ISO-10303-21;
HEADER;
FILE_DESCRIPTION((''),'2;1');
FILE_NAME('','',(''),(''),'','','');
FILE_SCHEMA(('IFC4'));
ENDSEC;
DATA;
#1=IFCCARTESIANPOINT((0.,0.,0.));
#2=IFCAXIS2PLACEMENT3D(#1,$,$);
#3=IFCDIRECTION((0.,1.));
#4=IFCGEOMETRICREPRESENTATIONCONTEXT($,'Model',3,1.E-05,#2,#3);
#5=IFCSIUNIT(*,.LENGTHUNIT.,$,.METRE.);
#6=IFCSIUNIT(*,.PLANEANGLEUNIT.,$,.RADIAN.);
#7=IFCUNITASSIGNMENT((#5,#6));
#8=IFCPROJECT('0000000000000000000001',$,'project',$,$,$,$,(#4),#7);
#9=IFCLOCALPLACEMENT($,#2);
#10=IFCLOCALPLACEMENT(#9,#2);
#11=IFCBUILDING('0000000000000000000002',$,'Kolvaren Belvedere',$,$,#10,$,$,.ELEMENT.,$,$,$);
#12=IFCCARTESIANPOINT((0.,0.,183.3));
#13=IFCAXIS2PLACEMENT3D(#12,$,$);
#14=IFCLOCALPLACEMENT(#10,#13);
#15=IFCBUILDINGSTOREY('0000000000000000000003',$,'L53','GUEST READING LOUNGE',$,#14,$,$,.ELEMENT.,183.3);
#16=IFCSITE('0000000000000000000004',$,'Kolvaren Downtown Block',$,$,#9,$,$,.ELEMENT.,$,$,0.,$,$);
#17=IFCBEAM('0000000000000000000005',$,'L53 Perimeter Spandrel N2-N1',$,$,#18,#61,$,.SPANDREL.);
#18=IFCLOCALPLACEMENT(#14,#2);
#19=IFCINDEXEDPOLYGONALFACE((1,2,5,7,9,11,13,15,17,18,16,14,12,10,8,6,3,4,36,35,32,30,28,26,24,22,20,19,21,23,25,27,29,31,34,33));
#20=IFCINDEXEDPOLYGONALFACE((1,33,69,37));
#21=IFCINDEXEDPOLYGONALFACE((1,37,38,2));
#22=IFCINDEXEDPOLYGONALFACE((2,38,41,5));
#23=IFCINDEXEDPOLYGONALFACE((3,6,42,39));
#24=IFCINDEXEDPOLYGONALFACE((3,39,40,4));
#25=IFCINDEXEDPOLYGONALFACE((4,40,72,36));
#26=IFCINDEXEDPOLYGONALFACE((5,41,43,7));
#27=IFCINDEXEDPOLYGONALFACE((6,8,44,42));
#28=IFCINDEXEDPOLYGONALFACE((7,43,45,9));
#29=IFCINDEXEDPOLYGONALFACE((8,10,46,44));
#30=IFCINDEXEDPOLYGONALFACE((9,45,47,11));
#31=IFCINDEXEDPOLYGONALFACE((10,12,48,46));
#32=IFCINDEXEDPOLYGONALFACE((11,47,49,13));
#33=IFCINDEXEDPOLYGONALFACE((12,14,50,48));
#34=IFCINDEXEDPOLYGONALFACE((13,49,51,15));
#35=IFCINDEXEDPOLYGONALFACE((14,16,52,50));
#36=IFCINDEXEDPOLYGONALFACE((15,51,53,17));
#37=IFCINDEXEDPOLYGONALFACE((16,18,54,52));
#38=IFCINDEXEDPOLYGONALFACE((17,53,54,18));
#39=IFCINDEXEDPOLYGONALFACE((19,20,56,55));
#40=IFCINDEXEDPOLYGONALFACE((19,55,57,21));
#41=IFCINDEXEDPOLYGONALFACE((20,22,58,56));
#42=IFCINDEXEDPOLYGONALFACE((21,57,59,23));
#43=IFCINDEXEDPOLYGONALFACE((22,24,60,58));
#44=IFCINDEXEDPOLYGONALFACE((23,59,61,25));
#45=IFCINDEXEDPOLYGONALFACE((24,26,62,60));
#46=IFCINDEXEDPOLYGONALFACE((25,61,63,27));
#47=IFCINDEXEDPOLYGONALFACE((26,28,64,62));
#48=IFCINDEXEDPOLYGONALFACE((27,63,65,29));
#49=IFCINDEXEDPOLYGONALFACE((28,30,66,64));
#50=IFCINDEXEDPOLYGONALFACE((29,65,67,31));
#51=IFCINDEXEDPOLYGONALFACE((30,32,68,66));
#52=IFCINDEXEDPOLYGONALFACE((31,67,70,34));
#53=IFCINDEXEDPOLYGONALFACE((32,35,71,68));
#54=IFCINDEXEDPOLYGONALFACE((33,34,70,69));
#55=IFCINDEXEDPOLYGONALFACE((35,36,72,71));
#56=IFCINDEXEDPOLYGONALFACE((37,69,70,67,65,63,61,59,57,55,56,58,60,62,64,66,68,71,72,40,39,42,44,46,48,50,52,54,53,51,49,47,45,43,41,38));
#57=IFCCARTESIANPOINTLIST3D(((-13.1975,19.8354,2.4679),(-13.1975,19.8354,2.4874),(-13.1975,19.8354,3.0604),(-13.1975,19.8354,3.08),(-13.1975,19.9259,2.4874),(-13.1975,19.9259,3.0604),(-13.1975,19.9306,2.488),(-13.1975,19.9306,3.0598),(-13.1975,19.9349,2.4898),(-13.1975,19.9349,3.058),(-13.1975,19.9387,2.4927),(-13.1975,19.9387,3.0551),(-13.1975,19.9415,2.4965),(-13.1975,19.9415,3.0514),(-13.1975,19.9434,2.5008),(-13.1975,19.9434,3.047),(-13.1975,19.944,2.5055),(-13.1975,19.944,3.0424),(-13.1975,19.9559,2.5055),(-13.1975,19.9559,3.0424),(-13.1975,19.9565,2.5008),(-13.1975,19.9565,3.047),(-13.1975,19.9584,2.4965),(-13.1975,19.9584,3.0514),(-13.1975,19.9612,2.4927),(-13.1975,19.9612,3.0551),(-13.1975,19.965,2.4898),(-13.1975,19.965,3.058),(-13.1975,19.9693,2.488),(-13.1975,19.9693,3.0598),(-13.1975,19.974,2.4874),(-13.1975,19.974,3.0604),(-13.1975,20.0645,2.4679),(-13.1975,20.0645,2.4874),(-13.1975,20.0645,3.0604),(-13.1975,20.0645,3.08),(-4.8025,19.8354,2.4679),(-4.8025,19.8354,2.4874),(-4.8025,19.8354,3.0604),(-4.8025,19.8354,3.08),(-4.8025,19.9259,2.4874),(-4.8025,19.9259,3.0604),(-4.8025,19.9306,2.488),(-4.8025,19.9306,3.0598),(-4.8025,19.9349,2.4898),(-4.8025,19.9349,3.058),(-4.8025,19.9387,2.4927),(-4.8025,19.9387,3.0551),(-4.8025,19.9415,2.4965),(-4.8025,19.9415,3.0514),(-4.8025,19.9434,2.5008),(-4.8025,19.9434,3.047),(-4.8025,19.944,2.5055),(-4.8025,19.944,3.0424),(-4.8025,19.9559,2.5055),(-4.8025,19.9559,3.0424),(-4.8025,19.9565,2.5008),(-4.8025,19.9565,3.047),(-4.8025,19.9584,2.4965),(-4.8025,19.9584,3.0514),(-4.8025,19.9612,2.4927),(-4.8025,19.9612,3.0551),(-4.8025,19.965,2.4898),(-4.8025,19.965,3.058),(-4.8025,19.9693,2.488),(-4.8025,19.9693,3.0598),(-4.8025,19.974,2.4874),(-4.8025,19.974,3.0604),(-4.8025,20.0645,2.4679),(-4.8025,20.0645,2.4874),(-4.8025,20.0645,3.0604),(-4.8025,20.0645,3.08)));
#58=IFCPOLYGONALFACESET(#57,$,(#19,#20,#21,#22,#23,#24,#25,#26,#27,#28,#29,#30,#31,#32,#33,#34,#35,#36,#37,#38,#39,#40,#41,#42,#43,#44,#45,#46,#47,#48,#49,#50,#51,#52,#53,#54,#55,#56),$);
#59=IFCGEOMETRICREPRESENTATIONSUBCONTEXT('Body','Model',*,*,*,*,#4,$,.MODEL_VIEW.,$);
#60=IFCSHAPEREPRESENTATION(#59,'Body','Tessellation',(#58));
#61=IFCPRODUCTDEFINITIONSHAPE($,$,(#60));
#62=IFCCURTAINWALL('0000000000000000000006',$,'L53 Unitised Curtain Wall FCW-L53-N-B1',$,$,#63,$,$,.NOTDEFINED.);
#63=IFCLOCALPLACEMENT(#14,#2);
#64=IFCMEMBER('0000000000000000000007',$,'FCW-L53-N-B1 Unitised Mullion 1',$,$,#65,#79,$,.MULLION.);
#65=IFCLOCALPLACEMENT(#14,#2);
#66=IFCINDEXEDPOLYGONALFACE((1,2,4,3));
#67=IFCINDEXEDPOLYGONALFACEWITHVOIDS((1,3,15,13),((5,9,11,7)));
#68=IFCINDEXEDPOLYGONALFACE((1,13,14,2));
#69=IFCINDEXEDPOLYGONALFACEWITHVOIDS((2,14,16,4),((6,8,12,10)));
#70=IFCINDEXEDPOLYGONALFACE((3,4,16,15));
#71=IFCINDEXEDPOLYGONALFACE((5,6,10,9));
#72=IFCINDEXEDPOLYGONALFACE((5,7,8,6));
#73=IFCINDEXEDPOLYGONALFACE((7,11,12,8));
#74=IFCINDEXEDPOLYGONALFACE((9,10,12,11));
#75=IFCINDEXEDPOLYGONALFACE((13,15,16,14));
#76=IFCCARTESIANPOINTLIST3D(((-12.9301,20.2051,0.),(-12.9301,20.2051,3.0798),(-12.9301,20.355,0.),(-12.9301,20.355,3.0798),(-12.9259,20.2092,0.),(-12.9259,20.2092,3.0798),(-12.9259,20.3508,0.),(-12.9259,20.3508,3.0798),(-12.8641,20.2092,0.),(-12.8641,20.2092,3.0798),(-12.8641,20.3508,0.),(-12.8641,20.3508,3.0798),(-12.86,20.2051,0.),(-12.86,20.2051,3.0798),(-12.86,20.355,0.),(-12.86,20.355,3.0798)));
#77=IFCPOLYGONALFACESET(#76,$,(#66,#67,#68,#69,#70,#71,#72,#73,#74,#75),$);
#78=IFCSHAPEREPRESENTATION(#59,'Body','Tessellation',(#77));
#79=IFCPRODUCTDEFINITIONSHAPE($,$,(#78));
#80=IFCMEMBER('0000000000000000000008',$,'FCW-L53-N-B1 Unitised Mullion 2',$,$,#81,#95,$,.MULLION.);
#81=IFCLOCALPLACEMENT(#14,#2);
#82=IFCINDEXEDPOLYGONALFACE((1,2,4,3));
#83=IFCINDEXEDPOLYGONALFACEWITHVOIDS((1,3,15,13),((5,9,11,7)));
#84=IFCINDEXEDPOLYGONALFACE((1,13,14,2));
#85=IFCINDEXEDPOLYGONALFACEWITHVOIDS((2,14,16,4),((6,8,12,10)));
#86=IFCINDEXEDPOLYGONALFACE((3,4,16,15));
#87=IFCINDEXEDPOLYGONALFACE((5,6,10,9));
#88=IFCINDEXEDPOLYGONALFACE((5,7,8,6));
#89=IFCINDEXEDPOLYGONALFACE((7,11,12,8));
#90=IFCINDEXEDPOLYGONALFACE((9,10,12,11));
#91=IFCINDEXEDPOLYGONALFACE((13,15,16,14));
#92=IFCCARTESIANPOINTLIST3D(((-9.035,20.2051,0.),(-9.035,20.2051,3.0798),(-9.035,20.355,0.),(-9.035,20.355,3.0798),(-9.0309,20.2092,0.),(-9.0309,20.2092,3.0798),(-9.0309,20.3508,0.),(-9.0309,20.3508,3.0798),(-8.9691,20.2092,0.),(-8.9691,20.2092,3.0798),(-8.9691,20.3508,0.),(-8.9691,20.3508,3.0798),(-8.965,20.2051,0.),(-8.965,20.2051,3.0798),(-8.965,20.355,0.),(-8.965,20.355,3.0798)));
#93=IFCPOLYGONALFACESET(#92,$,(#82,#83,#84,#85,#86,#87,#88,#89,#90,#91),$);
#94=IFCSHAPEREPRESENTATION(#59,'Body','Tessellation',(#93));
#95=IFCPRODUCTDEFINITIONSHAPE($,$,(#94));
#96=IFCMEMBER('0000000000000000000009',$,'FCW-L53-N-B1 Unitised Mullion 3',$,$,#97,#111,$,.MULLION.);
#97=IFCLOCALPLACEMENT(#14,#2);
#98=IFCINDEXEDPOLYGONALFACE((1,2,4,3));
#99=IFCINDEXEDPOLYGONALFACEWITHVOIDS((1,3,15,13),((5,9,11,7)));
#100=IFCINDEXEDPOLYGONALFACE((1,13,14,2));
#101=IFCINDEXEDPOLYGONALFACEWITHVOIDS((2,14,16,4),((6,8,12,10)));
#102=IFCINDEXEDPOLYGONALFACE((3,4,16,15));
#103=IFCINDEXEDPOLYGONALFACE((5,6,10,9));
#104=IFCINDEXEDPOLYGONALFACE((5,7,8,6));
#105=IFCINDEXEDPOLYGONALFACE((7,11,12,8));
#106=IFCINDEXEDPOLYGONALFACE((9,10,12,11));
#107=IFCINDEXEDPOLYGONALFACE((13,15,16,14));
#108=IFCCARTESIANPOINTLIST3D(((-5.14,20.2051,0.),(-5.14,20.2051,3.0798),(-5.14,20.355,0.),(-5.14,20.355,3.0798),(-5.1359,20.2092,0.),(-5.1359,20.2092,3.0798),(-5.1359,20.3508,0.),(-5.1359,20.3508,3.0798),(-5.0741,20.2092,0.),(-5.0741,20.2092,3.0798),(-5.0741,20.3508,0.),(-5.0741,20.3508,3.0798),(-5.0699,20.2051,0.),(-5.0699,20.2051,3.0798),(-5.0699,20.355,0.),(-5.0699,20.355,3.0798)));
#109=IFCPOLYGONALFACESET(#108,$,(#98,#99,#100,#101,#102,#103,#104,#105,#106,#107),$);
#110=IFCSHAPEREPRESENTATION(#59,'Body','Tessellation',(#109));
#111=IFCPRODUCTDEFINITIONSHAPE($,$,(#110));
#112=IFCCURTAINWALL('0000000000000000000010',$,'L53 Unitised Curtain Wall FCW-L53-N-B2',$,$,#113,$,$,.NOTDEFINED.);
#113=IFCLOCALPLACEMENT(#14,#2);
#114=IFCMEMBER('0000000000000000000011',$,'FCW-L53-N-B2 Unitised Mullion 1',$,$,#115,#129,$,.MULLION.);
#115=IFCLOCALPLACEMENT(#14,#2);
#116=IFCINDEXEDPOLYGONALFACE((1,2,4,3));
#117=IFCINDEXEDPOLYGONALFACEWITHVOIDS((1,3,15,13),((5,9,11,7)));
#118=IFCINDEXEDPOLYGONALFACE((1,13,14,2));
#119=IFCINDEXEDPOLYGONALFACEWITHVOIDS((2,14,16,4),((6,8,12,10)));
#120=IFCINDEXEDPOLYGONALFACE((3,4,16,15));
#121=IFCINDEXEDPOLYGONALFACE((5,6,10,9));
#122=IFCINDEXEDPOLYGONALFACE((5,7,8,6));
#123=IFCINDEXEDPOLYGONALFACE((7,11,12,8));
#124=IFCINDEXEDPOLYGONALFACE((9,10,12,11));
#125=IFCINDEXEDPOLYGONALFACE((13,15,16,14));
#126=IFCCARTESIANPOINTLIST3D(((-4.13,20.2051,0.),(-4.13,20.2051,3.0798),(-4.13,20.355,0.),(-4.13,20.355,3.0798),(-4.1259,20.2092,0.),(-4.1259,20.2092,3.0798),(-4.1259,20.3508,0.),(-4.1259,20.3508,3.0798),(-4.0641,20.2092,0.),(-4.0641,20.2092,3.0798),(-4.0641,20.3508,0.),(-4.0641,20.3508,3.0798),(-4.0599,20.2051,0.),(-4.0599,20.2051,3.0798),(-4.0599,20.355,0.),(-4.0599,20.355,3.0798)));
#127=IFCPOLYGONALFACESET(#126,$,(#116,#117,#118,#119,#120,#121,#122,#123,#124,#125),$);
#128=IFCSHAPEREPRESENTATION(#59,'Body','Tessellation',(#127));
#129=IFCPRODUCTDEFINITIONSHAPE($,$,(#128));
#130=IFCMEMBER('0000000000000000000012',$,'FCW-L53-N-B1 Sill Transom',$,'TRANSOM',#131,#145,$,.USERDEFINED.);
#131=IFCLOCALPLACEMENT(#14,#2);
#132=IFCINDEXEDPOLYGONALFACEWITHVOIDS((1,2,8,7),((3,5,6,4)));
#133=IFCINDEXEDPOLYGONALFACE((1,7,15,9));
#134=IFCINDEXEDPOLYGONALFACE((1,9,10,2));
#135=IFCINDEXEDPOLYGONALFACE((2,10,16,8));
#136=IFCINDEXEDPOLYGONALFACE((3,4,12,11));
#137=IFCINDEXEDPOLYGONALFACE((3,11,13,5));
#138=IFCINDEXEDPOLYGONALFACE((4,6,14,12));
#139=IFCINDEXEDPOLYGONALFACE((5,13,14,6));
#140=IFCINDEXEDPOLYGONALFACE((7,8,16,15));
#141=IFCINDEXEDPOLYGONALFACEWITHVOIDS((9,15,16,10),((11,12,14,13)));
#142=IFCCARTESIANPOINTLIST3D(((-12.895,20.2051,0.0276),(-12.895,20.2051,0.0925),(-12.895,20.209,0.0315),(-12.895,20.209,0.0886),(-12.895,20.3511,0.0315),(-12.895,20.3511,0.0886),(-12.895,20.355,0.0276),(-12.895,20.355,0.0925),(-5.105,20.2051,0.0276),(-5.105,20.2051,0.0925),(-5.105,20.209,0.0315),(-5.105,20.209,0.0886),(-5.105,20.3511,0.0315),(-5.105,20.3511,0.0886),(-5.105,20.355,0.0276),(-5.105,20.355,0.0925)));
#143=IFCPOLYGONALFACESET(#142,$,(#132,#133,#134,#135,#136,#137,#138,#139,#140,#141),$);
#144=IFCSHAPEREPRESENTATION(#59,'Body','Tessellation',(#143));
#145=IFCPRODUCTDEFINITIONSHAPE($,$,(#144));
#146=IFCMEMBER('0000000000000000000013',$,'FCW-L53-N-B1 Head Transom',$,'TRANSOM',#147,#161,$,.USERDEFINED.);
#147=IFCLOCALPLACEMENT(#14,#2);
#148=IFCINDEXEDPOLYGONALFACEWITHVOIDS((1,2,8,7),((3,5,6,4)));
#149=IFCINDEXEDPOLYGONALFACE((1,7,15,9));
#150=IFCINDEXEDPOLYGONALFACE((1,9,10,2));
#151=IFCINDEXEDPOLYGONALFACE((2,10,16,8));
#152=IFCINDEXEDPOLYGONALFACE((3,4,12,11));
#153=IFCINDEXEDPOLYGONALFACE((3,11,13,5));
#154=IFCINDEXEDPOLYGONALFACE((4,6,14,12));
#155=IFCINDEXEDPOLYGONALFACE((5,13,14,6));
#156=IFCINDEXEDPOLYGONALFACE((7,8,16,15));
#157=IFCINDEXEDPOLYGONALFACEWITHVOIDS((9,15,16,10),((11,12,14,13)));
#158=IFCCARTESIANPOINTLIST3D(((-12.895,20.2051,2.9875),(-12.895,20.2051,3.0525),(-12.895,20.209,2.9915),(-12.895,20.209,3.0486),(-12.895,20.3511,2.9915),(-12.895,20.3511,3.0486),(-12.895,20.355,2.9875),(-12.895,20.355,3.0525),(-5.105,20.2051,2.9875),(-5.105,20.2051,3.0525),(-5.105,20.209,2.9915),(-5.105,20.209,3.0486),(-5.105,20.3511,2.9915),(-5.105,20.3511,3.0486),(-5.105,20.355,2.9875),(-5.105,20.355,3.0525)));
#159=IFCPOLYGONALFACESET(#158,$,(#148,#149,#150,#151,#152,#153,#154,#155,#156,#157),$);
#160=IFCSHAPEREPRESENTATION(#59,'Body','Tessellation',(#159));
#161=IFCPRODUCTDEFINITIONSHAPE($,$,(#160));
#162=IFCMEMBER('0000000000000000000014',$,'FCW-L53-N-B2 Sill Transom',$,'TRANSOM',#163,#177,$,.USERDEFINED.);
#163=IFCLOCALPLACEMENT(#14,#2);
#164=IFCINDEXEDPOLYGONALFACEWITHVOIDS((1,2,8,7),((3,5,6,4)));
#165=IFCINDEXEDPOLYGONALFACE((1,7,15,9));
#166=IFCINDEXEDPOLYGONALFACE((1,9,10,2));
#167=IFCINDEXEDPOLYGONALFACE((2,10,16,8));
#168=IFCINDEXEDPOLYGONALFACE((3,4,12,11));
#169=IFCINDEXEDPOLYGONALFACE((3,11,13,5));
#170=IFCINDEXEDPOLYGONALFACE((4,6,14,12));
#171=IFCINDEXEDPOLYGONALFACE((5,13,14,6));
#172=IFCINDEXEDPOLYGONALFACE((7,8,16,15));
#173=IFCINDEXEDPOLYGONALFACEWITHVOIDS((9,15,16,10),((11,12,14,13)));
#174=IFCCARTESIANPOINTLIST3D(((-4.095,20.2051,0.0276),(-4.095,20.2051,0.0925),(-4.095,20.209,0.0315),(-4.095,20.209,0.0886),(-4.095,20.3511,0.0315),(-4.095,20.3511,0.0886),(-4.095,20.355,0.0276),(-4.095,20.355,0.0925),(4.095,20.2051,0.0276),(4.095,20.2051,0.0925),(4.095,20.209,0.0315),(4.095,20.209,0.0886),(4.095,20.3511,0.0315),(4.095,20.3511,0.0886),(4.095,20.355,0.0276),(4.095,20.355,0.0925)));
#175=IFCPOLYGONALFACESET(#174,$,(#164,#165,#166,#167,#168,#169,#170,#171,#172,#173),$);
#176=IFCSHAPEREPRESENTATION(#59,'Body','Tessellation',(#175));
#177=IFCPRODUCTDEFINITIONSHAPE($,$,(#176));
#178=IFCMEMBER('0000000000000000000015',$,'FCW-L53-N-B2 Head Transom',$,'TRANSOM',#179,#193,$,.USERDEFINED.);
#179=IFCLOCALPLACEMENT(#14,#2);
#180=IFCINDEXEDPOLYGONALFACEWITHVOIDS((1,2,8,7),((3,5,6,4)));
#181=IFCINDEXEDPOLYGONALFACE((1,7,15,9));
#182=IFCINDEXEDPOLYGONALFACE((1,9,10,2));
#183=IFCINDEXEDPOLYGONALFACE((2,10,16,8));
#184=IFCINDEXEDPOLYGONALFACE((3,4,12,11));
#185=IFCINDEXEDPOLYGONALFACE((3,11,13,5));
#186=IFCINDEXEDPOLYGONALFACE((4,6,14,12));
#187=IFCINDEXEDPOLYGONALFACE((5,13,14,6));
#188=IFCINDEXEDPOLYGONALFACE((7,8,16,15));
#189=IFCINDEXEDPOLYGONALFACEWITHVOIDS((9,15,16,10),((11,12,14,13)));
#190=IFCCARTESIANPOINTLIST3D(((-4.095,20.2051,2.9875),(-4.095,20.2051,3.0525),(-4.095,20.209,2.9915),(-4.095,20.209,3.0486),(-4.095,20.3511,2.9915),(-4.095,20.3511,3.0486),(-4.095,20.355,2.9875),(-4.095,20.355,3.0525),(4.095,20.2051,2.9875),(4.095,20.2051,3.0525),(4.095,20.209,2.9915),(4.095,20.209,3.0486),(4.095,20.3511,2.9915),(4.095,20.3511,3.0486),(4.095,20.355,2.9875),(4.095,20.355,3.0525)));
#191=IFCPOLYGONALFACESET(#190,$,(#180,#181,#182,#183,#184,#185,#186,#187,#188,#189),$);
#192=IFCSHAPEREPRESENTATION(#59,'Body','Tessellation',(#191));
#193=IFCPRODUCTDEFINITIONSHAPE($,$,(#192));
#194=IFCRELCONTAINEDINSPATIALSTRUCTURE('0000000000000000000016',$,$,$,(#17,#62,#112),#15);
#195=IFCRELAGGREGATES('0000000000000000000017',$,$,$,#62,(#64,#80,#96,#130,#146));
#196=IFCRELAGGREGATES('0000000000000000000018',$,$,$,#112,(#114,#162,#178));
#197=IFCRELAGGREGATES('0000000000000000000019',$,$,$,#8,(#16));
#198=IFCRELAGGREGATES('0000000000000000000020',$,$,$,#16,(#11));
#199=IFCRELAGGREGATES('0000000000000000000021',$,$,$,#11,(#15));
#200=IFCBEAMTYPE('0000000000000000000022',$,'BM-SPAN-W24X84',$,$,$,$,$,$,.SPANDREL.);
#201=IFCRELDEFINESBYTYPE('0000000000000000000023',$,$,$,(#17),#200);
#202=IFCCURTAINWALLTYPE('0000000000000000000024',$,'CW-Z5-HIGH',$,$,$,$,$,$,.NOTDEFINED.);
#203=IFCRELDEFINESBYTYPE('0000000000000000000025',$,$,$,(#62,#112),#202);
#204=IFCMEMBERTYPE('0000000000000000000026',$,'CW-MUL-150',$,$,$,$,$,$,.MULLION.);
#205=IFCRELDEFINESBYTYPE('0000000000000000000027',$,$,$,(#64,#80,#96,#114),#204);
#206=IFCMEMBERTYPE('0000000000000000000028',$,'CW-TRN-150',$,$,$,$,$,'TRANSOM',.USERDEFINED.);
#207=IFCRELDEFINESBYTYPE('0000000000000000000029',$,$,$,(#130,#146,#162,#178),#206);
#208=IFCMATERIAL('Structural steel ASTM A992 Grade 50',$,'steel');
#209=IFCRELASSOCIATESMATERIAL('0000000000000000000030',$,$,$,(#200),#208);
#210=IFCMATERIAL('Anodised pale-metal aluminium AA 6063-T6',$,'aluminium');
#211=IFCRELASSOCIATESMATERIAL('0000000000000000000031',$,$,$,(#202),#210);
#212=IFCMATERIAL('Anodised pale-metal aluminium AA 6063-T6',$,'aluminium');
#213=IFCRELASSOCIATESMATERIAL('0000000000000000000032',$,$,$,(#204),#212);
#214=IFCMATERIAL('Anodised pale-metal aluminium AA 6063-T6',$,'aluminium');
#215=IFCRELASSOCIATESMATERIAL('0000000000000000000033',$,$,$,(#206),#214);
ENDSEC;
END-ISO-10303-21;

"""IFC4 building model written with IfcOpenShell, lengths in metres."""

from ifc_helpers import new_model, si_unit, direction, frame, origin, origin_2d, place, context, subcontext, project, spatial, hollow_rectangle, i_section, extrude, material, material_profile, profile_set, type_object, element, aggregate, save


model = new_model("IFC4")

# Units and contexts
model_context = context("Model", 3, precision=1e-05, world=origin(), true_north=direction((0.0, 1.0)))
body_context = subcontext(model_context, "Body", "Model", "MODEL_VIEW")
ifc_project = project(units=[si_unit("LENGTHUNIT", "METRE"), si_unit("PLANEANGLEUNIT", "RADIAN")], contexts=[model_context])

# Site, building, storey
site_placement = place(None, origin())
site = spatial("IfcSite", under=ifc_project, at=site_placement, Name="Kolvaren Downtown Block", CompositionType="ELEMENT", RefElevation=0.0)
building_placement = place(site_placement, origin())
building = spatial("IfcBuilding", under=site, at=building_placement, Name="Kolvaren Belvedere", CompositionType="ELEMENT")
storey_placement = place(building_placement, frame((0.0, 0.0, 183.3)))
storey = spatial("IfcBuildingStorey", under=building, at=storey_placement, Name="L53", Description="GUEST READING LOUNGE", CompositionType="ELEMENT", Elevation=183.3)

# Beam
ifc_material_1 = material(Name="Structural steel ASTM A992 Grade 50", Category="steel")
ifc_material_profile_1 = material_profile(ifc_material_1, i_section(OverallWidth=0.229, OverallDepth=0.6121, WebThickness=0.012, FlangeThickness=0.0195, FilletRadius=0.0181, at=origin_2d()), Name="W24X84")
ifc_profile_set_1 = profile_set([ifc_material_profile_1], Name="Structural steel ASTM A992 Grade 50")
beam_type_1 = type_object("IfcBeamType", Name="BM-SPAN-W24X84", PredefinedType="SPANDREL", material=ifc_profile_set_1)
beam_1_placement = place(storey_placement, frame((-4.8025, 19.95, 2.7739), z_axis=(-1.0, 0.0, 0.0), x_axis=(0.0, -1.0, 0.0)))
element("IfcBeam", 1, at=beam_1_placement, inside=storey, type_object=beam_type_1, Name="L53 Perimeter Spandrel N2-N1", PredefinedType="SPANDREL", context=body_context, shape_type="SweptSolid", body=[
    extrude(i_section(OverallWidth=0.229, OverallDepth=0.6121, WebThickness=0.012, FlangeThickness=0.0195, FilletRadius=0.0181, at=origin_2d()), origin(), (0.0, 0.0, 1.0), 8.395),
])

# Curtain wall, members
ifc_material_2 = material(Name="Anodised pale-metal aluminium AA 6063-T6", Category="aluminium")
curtain_wall_type = type_object("IfcCurtainWallType", Name="CW-Z5-HIGH", PredefinedType="NOTDEFINED", material=ifc_material_2)
curtain_wall_1_placement = place(storey_placement, origin())
curtain_wall_1 = element("IfcCurtainWall", 2, at=curtain_wall_1_placement, inside=storey, type_object=curtain_wall_type, Name="L53 Unitised Curtain Wall FCW-L53-N-B1", PredefinedType="NOTDEFINED")
ifc_material_3 = material(Name="Anodised pale-metal aluminium AA 6063-T6", Category="aluminium")
ifc_material_profile_2 = material_profile(ifc_material_3, hollow_rectangle(XDim=0.0701, YDim=0.1499, WallThickness=0.0042, at=origin_2d()), Name="ALU-MUL-150X70")
ifc_profile_set_2 = profile_set([ifc_material_profile_2], Name="Anodised pale-metal aluminium AA 6063-T6")
member_type_1 = type_object("IfcMemberType", Name="CW-MUL-150", PredefinedType="MULLION", material=ifc_profile_set_2)
member_1_placement = place(storey_placement, frame((-12.895, 20.28, 0.0), z_axis=(0.0, 0.0, 1.0), x_axis=(1.0, 0.0, 0.0)))
member_1 = element("IfcMember", 3, at=member_1_placement, type_object=member_type_1, Name="FCW-L53-N-B1 Unitised Mullion 1", PredefinedType="MULLION", context=body_context, shape_type="SweptSolid", body=[
    extrude(hollow_rectangle(XDim=0.0701, YDim=0.1499, WallThickness=0.0042, at=origin_2d()), origin(), (0.0, 0.0, 1.0), 3.0798),
])
member_2_placement = place(storey_placement, frame((-9.0, 20.28, 0.0), z_axis=(0.0, 0.0, 1.0), x_axis=(1.0, 0.0, 0.0)))
member_2 = element("IfcMember", 4, at=member_2_placement, type_object=member_type_1, Name="FCW-L53-N-B1 Unitised Mullion 2", PredefinedType="MULLION", context=body_context, shape_type="SweptSolid", body=[
    extrude(hollow_rectangle(XDim=0.0701, YDim=0.1499, WallThickness=0.0042, at=origin_2d()), origin(), (0.0, 0.0, 1.0), 3.0798),
])
member_3_placement = place(storey_placement, frame((-5.105, 20.28, 0.0), z_axis=(0.0, 0.0, 1.0), x_axis=(1.0, 0.0, 0.0)))
member_3 = element("IfcMember", 5, at=member_3_placement, type_object=member_type_1, Name="FCW-L53-N-B1 Unitised Mullion 3", PredefinedType="MULLION", context=body_context, shape_type="SweptSolid", body=[
    extrude(hollow_rectangle(XDim=0.0701, YDim=0.1499, WallThickness=0.0042, at=origin_2d()), origin(), (0.0, 0.0, 1.0), 3.0798),
])

# Curtain wall, member
curtain_wall_2_placement = place(storey_placement, origin())
curtain_wall_2 = element("IfcCurtainWall", 6, at=curtain_wall_2_placement, inside=storey, type_object=curtain_wall_type, Name="L53 Unitised Curtain Wall FCW-L53-N-B2", PredefinedType="NOTDEFINED")
member_4_placement = place(storey_placement, frame((-4.095, 20.28, 0.0), z_axis=(0.0, 0.0, 1.0), x_axis=(1.0, 0.0, 0.0)))
member_4 = element("IfcMember", 7, at=member_4_placement, type_object=member_type_1, Name="FCW-L53-N-B2 Unitised Mullion 1", PredefinedType="MULLION", context=body_context, shape_type="SweptSolid", body=[
    extrude(hollow_rectangle(XDim=0.0701, YDim=0.1499, WallThickness=0.0042, at=origin_2d()), origin(), (0.0, 0.0, 1.0), 3.0798),
])

# Members
ifc_material_4 = material(Name="Anodised pale-metal aluminium AA 6063-T6", Category="aluminium")
ifc_material_profile_3 = material_profile(ifc_material_4, hollow_rectangle(XDim=0.0649, YDim=0.1499, WallThickness=0.0039, at=origin_2d()), Name="ALU-TRN-150X65")
ifc_profile_set_3 = profile_set([ifc_material_profile_3], Name="Anodised pale-metal aluminium AA 6063-T6")
member_type_2 = type_object("IfcMemberType", Name="CW-TRN-150", ElementType="TRANSOM", PredefinedType="USERDEFINED", material=ifc_profile_set_3)
member_5_placement = place(storey_placement, frame((-12.895, 20.28, 0.0601), z_axis=(1.0, 0.0, 0.0), x_axis=(0.0, 0.0, 1.0)))
member_5 = element("IfcMember", 8, at=member_5_placement, type_object=member_type_2, Name="FCW-L53-N-B1 Sill Transom", ObjectType="TRANSOM", PredefinedType="USERDEFINED", context=body_context, shape_type="SweptSolid", body=[
    extrude(hollow_rectangle(XDim=0.0649, YDim=0.1499, WallThickness=0.0039, at=origin_2d()), origin(), (0.0, 0.0, 1.0), 7.79),
])
member_6_placement = place(storey_placement, frame((-12.895, 20.28, 3.02), z_axis=(1.0, 0.0, 0.0), x_axis=(0.0, 0.0, 1.0)))
member_6 = element("IfcMember", 9, at=member_6_placement, type_object=member_type_2, Name="FCW-L53-N-B1 Head Transom", ObjectType="TRANSOM", PredefinedType="USERDEFINED", context=body_context, shape_type="SweptSolid", body=[
    extrude(hollow_rectangle(XDim=0.0649, YDim=0.1499, WallThickness=0.0039, at=origin_2d()), origin(), (0.0, 0.0, 1.0), 7.79),
])
member_7_placement = place(storey_placement, frame((-4.095, 20.28, 0.0601), z_axis=(1.0, 0.0, 0.0), x_axis=(0.0, 0.0, 1.0)))
member_7 = element("IfcMember", 10, at=member_7_placement, type_object=member_type_2, Name="FCW-L53-N-B2 Sill Transom", ObjectType="TRANSOM", PredefinedType="USERDEFINED", context=body_context, shape_type="SweptSolid", body=[
    extrude(hollow_rectangle(XDim=0.0649, YDim=0.1499, WallThickness=0.0039, at=origin_2d()), origin(), (0.0, 0.0, 1.0), 8.1899),
])
member_8_placement = place(storey_placement, frame((-4.095, 20.28, 3.02), z_axis=(1.0, 0.0, 0.0), x_axis=(0.0, 0.0, 1.0)))
member_8 = element("IfcMember", 11, at=member_8_placement, type_object=member_type_2, Name="FCW-L53-N-B2 Head Transom", ObjectType="TRANSOM", PredefinedType="USERDEFINED", context=body_context, shape_type="SweptSolid", body=[
    extrude(hollow_rectangle(XDim=0.0649, YDim=0.1499, WallThickness=0.0039, at=origin_2d()), origin(), (0.0, 0.0, 1.0), 8.1899),
])

aggregate(curtain_wall_1, [member_1, member_2, member_3, member_5, member_6])
aggregate(curtain_wall_2, [member_4, member_7, member_8])

save(model, "model.ifc")
